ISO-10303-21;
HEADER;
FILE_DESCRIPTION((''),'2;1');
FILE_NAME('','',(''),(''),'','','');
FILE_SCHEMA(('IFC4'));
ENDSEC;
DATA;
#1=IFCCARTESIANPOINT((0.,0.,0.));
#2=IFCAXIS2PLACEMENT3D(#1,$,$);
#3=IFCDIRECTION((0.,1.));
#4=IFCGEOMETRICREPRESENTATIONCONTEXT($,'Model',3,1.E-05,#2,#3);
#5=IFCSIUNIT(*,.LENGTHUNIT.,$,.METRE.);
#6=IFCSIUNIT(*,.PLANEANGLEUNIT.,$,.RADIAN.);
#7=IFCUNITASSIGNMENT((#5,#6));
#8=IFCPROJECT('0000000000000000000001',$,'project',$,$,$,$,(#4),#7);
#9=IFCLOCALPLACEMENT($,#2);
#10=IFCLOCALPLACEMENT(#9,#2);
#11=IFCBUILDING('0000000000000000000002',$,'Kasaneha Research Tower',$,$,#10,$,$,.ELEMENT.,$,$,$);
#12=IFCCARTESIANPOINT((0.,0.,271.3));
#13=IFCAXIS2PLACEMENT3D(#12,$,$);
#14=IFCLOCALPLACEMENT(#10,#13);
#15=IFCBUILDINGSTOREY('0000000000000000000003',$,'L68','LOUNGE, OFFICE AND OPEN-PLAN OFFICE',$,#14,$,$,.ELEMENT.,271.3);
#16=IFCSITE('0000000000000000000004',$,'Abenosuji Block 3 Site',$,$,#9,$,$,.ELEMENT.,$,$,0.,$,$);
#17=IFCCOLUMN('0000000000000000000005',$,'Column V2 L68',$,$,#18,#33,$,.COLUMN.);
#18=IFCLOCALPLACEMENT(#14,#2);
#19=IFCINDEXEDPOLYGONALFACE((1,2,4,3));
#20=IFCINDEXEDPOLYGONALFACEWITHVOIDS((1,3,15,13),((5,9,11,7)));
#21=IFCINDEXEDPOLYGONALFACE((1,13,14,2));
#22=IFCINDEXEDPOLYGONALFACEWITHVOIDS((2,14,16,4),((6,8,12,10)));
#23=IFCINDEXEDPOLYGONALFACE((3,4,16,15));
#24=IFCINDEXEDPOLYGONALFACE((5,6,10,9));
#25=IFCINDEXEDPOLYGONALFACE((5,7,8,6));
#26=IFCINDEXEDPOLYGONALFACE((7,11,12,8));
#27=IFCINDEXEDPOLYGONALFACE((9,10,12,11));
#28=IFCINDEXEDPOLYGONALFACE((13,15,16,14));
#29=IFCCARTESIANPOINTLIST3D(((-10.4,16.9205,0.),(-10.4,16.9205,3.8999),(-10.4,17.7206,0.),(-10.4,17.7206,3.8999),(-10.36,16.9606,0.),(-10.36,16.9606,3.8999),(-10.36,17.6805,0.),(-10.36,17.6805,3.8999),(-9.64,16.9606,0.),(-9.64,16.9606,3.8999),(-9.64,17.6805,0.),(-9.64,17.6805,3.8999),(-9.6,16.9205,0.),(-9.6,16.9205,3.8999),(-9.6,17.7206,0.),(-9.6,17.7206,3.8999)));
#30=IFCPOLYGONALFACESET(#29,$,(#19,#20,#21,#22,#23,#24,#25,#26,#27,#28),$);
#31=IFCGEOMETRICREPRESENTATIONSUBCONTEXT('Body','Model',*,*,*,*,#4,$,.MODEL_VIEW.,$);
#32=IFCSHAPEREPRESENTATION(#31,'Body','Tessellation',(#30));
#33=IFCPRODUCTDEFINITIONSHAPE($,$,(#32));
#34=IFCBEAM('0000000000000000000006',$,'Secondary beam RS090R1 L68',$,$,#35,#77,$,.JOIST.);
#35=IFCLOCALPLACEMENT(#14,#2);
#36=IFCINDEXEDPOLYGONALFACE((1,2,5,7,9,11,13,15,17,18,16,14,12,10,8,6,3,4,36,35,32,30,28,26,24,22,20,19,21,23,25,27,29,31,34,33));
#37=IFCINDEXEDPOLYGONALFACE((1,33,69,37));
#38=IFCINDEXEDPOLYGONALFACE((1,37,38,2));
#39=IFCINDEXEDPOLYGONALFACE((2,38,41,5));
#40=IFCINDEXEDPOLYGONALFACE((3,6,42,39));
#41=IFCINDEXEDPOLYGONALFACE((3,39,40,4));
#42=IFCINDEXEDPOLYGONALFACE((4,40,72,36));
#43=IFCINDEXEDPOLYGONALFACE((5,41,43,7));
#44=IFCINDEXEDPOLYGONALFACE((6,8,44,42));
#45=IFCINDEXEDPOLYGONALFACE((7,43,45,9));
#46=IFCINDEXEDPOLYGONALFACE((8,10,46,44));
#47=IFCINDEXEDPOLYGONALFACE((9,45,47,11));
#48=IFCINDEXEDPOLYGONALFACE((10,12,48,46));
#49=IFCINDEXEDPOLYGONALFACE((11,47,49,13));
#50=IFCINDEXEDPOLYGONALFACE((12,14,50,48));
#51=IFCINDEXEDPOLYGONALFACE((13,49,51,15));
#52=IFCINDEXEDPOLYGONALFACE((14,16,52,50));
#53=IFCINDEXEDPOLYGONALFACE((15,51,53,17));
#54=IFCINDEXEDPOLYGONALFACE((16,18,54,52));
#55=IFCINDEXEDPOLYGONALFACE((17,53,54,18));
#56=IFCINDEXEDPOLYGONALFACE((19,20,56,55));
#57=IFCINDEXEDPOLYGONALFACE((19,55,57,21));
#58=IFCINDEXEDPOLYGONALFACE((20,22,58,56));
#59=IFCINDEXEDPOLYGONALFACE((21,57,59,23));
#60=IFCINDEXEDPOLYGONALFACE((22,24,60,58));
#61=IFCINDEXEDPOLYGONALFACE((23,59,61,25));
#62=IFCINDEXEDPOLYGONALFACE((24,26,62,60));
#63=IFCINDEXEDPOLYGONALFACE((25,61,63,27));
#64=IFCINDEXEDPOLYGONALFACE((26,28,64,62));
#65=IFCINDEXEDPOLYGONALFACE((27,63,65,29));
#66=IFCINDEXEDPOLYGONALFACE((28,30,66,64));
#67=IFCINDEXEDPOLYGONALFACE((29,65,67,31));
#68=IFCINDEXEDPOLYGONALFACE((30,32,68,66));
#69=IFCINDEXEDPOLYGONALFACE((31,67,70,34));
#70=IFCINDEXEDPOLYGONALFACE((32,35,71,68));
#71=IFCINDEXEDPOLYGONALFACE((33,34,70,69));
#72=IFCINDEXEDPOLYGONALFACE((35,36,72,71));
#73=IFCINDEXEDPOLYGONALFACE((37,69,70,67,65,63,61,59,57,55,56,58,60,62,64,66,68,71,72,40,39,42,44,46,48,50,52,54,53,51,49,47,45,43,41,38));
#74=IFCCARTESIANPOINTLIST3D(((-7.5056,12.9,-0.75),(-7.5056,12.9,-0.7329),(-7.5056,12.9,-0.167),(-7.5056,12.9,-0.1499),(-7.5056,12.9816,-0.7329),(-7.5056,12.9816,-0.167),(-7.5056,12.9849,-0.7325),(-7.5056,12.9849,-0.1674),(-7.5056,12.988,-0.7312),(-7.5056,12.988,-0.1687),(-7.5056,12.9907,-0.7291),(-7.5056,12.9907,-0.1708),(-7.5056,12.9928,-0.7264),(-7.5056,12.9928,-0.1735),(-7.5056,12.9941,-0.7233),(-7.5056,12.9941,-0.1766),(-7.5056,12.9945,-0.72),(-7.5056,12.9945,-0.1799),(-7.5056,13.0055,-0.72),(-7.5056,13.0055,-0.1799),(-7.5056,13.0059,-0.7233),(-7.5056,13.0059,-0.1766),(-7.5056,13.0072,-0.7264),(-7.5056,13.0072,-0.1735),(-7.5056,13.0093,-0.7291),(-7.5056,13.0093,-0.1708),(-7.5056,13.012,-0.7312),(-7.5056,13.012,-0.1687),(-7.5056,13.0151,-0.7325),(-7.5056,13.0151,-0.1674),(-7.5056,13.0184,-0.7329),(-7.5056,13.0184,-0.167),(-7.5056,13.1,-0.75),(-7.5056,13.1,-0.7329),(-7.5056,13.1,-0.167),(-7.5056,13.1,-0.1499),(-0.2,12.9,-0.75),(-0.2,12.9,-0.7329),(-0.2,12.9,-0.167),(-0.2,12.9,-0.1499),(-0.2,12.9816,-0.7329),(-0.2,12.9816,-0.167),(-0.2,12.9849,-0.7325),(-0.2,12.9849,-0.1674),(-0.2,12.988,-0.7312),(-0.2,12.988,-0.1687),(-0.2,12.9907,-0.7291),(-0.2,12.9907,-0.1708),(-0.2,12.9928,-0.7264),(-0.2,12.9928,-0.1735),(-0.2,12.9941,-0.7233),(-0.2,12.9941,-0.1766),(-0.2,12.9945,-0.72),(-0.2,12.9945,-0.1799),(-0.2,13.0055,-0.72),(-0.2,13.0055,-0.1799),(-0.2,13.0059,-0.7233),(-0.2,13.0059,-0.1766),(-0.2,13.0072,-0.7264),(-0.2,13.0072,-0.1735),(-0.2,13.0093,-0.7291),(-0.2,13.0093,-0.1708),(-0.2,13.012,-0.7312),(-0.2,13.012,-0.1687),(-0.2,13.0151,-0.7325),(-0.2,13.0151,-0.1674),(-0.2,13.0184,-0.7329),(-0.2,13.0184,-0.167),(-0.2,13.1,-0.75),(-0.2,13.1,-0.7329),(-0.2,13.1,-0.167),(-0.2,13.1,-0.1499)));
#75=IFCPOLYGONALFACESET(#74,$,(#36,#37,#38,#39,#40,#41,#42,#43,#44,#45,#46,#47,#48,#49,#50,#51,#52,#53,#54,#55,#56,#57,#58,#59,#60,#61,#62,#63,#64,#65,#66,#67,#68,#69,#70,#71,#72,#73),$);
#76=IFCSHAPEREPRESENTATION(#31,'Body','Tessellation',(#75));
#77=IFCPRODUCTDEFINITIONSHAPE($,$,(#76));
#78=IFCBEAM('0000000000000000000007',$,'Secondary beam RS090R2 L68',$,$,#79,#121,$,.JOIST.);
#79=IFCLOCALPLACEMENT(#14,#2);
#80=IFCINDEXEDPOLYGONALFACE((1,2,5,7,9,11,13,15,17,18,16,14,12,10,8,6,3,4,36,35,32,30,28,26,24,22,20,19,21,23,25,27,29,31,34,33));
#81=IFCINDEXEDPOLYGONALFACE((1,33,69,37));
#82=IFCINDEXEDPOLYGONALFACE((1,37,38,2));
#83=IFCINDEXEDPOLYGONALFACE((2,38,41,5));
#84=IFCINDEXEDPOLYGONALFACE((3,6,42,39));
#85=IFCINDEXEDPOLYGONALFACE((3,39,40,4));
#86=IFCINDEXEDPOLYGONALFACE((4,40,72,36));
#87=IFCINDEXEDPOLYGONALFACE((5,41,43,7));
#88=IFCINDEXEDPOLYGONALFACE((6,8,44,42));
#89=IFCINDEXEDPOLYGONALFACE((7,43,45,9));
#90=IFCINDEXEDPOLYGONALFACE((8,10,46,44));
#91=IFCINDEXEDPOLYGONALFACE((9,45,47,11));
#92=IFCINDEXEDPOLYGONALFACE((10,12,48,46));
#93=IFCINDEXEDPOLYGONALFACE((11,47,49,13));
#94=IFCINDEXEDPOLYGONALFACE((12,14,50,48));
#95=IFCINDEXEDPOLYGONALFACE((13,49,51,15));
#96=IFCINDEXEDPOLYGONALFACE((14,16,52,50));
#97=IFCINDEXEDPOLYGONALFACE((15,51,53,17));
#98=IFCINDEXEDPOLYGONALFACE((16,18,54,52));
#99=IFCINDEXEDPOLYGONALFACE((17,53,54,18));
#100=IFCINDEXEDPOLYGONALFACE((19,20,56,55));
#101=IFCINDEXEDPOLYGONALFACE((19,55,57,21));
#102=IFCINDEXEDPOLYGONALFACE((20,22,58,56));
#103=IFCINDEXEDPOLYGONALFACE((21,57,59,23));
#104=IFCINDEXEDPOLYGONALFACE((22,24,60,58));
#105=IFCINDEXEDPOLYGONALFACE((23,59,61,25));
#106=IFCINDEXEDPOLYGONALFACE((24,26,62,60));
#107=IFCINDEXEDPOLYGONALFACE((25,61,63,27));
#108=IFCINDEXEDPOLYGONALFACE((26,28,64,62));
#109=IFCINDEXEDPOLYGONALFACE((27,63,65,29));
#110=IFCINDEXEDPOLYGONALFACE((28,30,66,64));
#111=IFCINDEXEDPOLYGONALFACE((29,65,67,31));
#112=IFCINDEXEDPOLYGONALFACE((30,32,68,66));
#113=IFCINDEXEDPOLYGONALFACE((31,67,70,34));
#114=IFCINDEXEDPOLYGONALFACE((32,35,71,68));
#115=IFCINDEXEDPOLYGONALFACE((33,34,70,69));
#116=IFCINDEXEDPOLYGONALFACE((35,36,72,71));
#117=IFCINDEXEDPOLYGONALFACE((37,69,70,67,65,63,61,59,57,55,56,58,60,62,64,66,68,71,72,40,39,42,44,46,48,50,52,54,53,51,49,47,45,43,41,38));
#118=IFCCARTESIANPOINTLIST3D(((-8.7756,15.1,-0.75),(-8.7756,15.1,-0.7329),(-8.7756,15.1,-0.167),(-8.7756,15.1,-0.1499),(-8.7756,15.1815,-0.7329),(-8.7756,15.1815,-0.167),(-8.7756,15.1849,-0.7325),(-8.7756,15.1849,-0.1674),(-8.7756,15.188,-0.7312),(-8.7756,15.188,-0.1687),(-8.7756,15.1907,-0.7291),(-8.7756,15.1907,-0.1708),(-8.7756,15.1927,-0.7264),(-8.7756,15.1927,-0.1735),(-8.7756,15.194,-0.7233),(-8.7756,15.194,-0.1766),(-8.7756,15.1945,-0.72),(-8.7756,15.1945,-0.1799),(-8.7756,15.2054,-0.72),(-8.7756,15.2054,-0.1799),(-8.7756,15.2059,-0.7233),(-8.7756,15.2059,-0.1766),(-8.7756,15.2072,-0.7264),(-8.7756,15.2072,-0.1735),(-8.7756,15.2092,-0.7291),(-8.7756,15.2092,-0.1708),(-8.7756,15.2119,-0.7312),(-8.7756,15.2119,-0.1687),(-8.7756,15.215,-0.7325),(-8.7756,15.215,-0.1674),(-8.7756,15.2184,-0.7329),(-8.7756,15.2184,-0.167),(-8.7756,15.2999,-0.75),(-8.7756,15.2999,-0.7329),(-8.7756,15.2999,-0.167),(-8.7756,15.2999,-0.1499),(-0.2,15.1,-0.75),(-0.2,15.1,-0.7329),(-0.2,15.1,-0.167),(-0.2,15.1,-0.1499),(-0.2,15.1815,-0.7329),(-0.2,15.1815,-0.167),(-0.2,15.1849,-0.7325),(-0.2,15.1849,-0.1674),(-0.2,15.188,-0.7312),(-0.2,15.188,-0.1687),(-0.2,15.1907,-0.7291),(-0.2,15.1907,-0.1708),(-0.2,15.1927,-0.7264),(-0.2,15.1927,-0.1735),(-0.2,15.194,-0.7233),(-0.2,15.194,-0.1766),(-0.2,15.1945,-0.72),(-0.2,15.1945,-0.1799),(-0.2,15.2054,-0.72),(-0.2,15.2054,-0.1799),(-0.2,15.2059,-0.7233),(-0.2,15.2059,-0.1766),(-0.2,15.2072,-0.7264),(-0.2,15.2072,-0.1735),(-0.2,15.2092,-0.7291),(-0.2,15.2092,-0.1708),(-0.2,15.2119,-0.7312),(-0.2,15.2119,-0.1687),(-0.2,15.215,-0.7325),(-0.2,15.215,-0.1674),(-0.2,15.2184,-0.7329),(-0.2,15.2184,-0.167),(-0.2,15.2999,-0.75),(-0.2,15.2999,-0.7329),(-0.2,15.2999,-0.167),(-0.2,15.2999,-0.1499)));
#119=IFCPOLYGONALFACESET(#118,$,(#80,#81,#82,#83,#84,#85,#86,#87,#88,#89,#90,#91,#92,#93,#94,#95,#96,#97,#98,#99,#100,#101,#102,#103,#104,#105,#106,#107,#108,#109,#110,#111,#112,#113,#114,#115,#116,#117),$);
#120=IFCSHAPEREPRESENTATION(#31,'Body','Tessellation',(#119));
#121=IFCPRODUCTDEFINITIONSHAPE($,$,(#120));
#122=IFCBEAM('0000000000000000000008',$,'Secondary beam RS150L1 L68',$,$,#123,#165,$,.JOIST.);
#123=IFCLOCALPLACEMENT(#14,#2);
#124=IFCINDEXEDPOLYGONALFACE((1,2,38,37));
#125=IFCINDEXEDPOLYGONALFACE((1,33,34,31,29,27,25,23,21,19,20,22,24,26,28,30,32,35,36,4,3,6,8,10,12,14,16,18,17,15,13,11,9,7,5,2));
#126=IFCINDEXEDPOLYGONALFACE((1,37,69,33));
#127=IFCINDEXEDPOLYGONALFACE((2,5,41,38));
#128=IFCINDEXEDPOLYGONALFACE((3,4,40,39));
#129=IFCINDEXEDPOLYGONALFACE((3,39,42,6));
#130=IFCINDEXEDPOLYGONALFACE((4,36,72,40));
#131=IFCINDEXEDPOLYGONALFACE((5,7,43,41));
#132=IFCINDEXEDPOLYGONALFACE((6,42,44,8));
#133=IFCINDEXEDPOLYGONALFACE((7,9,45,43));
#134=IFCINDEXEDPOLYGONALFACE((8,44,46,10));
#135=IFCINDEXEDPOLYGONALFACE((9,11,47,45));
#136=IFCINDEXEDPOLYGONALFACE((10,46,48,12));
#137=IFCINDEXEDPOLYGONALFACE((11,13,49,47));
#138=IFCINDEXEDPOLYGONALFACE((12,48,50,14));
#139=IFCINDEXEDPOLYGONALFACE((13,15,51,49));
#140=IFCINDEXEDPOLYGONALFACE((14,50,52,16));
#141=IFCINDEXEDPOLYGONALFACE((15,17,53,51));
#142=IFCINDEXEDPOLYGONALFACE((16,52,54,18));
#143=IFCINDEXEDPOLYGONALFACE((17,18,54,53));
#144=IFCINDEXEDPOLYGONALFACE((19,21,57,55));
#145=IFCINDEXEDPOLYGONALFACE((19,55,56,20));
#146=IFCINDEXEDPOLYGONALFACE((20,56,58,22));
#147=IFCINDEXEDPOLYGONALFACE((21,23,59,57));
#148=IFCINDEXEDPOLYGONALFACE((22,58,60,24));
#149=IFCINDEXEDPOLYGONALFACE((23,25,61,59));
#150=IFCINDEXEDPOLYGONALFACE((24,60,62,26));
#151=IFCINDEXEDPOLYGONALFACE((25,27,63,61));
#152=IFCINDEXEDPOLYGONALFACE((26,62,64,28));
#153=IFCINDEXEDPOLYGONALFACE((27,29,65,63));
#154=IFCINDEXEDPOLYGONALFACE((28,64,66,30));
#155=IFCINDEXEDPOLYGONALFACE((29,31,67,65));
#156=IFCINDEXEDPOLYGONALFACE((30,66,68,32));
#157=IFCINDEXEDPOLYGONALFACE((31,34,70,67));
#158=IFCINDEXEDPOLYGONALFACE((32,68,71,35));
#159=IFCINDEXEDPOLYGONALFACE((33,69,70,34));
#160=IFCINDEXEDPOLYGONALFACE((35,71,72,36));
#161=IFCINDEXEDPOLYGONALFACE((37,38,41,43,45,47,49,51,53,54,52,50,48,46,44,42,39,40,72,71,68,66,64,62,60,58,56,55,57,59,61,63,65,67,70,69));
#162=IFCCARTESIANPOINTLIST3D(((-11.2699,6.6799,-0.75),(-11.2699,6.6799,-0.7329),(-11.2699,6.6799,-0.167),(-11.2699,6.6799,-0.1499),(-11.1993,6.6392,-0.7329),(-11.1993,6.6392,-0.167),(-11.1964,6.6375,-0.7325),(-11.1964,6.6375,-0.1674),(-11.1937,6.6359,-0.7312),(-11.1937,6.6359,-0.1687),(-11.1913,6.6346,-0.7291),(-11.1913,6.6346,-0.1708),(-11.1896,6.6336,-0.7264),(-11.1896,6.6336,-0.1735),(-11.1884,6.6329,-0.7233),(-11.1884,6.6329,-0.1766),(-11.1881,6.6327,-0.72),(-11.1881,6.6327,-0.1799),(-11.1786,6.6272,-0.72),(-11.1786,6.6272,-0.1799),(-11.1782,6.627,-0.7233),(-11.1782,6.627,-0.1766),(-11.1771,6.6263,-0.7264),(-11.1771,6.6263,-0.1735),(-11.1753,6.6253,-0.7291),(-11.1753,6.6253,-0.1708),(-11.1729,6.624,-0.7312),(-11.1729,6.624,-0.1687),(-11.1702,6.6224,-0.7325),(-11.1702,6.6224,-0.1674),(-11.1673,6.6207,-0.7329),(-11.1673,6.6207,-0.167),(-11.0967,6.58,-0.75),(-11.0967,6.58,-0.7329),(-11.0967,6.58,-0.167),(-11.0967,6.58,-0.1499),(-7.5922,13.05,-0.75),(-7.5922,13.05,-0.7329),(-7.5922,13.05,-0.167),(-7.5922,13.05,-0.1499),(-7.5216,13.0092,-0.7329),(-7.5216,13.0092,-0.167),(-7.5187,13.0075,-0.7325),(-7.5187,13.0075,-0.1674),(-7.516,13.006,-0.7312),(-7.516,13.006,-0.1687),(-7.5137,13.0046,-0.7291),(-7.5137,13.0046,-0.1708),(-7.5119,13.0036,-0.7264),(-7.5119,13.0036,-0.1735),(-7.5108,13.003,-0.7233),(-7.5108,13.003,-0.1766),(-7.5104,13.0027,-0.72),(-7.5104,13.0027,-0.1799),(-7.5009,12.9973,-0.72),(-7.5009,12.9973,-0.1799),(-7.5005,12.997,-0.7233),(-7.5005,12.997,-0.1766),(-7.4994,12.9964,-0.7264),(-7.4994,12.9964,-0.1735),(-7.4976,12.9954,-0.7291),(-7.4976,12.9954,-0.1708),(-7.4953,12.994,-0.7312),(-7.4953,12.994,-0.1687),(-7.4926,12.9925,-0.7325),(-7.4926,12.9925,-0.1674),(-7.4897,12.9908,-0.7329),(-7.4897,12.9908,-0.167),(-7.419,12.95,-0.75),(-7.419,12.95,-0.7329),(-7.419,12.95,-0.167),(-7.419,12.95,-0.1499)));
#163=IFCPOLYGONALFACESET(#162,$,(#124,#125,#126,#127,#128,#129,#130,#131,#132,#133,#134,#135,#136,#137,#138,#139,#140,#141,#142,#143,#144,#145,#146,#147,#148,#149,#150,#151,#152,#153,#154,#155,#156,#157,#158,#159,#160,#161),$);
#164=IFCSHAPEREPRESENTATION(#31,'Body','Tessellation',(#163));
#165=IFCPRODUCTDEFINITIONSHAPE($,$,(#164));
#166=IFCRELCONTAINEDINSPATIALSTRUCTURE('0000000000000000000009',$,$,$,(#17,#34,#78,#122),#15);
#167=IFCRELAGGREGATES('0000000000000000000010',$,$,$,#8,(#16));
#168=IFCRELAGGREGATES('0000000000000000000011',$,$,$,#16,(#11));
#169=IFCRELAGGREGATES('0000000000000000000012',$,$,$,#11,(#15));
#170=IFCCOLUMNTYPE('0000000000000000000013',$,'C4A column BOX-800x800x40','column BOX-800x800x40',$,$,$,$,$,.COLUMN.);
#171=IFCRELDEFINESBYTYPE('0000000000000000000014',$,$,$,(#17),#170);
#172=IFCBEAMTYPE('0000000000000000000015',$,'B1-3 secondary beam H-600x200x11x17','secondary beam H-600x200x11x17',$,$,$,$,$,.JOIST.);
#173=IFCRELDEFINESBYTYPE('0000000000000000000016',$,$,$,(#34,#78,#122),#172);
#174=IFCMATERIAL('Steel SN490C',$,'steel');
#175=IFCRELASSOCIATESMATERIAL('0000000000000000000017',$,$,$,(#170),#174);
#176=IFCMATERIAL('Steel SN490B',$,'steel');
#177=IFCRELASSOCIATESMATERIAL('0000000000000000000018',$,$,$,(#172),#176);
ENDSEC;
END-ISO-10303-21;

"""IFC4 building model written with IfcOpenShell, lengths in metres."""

from ifc_helpers import new_model, si_unit, direction, frame, origin, origin_2d, place, context, subcontext, project, spatial, hollow_rectangle, i_section, extrude, material, material_profile, profile_set, type_object, element, save


model = new_model("IFC4")

# Units and contexts
model_context = context("Model", 3, precision=1e-05, world=origin(), true_north=direction((0.0, 1.0)))
body_context = subcontext(model_context, "Body", "Model", "MODEL_VIEW")
ifc_project = project(units=[si_unit("LENGTHUNIT", "METRE"), si_unit("PLANEANGLEUNIT", "RADIAN")], contexts=[model_context])

# Site, building, storey
site_placement = place(None, origin())
site = spatial("IfcSite", under=ifc_project, at=site_placement, Name="Abenosuji Block 3 Site", CompositionType="ELEMENT", RefElevation=0.0)
building_placement = place(site_placement, origin())
building = spatial("IfcBuilding", under=site, at=building_placement, Name="Kasaneha Research Tower", CompositionType="ELEMENT")
storey_placement = place(building_placement, frame((0.0, 0.0, 271.3)))
storey = spatial("IfcBuildingStorey", under=building, at=storey_placement, Name="L68", Description="LOUNGE, OFFICE AND OPEN-PLAN OFFICE", CompositionType="ELEMENT", Elevation=271.3)

# Column
ifc_material_1 = material(Name="Steel SN490C", Category="steel")
ifc_material_profile_1 = material_profile(ifc_material_1, hollow_rectangle(XDim=0.8, YDim=0.8, WallThickness=0.04, at=origin_2d()), Name="BOX-800x800x40")
ifc_profile_set_1 = profile_set([ifc_material_profile_1], Name="Steel SN490C")
column_type = type_object("IfcColumnType", Name="C4A column BOX-800x800x40", Description="column BOX-800x800x40", PredefinedType="COLUMN", material=ifc_profile_set_1)
column_placement = place(storey_placement, frame((-10.0, 17.3206, 0.0), z_axis=(0.0, 0.0, 1.0), x_axis=(1.0, 0.0, 0.0)))
element("IfcColumn", 1, at=column_placement, inside=storey, type_object=column_type, Name="Column V2 L68", PredefinedType="COLUMN", context=body_context, shape_type="SweptSolid", body=[
    extrude(hollow_rectangle(XDim=0.8, YDim=0.8, WallThickness=0.04, at=origin_2d()), origin(), (0.0, 0.0, 1.0), 3.8999),
])

# Beams
ifc_material_2 = material(Name="Steel SN490B", Category="steel")
ifc_material_profile_2 = material_profile(ifc_material_2, i_section(OverallWidth=0.2, OverallDepth=0.6001, WebThickness=0.011, FlangeThickness=0.0171, FilletRadius=0.0129, at=origin_2d()), Name="H-600x200x11x17")
ifc_profile_set_2 = profile_set([ifc_material_profile_2], Name="Steel SN490B")
beam_type_1 = type_object("IfcBeamType", Name="B1-3 secondary beam H-600x200x11x17", Description="secondary beam H-600x200x11x17", PredefinedType="JOIST", material=ifc_profile_set_2)
beam_1_placement = place(storey_placement, frame((-7.5056, 13.0, -0.45), z_axis=(1.0, 0.0, 0.0), x_axis=(0.0, 1.0, 0.0)))
element("IfcBeam", 2, at=beam_1_placement, inside=storey, type_object=beam_type_1, Name="Secondary beam RS090R1 L68", PredefinedType="JOIST", context=body_context, shape_type="SweptSolid", body=[
    extrude(i_section(OverallWidth=0.2, OverallDepth=0.6001, WebThickness=0.011, FlangeThickness=0.0171, FilletRadius=0.0129, at=origin_2d()), origin(), (0.0, 0.0, 1.0), 7.3057),
])
beam_2_placement = place(storey_placement, frame((-8.7756, 15.2, -0.45), z_axis=(1.0, 0.0, 0.0), x_axis=(0.0, 1.0, 0.0)))
element("IfcBeam", 3, at=beam_2_placement, inside=storey, type_object=beam_type_1, Name="Secondary beam RS090R2 L68", PredefinedType="JOIST", context=body_context, shape_type="SweptSolid", body=[
    extrude(i_section(OverallWidth=0.2, OverallDepth=0.6001, WebThickness=0.011, FlangeThickness=0.0171, FilletRadius=0.0129, at=origin_2d()), origin(), (0.0, 0.0, 1.0), 8.5757),
])
beam_3_placement = place(storey_placement, frame((-7.5056, 13.0, -0.45), z_axis=(-0.499994, -0.866029, 0.0), x_axis=(0.866029, -0.499994, 0.0)))
element("IfcBeam", 4, at=beam_3_placement, inside=storey, type_object=beam_type_1, Name="Secondary beam RS150L1 L68", PredefinedType="JOIST", context=body_context, shape_type="SweptSolid", body=[
    extrude(i_section(OverallWidth=0.2, OverallDepth=0.6001, WebThickness=0.011, FlangeThickness=0.0171, FilletRadius=0.0129, at=origin_2d()), origin(), (0.0, 0.0, 1.0), 7.3555),
])

save(model, "model.ifc")
